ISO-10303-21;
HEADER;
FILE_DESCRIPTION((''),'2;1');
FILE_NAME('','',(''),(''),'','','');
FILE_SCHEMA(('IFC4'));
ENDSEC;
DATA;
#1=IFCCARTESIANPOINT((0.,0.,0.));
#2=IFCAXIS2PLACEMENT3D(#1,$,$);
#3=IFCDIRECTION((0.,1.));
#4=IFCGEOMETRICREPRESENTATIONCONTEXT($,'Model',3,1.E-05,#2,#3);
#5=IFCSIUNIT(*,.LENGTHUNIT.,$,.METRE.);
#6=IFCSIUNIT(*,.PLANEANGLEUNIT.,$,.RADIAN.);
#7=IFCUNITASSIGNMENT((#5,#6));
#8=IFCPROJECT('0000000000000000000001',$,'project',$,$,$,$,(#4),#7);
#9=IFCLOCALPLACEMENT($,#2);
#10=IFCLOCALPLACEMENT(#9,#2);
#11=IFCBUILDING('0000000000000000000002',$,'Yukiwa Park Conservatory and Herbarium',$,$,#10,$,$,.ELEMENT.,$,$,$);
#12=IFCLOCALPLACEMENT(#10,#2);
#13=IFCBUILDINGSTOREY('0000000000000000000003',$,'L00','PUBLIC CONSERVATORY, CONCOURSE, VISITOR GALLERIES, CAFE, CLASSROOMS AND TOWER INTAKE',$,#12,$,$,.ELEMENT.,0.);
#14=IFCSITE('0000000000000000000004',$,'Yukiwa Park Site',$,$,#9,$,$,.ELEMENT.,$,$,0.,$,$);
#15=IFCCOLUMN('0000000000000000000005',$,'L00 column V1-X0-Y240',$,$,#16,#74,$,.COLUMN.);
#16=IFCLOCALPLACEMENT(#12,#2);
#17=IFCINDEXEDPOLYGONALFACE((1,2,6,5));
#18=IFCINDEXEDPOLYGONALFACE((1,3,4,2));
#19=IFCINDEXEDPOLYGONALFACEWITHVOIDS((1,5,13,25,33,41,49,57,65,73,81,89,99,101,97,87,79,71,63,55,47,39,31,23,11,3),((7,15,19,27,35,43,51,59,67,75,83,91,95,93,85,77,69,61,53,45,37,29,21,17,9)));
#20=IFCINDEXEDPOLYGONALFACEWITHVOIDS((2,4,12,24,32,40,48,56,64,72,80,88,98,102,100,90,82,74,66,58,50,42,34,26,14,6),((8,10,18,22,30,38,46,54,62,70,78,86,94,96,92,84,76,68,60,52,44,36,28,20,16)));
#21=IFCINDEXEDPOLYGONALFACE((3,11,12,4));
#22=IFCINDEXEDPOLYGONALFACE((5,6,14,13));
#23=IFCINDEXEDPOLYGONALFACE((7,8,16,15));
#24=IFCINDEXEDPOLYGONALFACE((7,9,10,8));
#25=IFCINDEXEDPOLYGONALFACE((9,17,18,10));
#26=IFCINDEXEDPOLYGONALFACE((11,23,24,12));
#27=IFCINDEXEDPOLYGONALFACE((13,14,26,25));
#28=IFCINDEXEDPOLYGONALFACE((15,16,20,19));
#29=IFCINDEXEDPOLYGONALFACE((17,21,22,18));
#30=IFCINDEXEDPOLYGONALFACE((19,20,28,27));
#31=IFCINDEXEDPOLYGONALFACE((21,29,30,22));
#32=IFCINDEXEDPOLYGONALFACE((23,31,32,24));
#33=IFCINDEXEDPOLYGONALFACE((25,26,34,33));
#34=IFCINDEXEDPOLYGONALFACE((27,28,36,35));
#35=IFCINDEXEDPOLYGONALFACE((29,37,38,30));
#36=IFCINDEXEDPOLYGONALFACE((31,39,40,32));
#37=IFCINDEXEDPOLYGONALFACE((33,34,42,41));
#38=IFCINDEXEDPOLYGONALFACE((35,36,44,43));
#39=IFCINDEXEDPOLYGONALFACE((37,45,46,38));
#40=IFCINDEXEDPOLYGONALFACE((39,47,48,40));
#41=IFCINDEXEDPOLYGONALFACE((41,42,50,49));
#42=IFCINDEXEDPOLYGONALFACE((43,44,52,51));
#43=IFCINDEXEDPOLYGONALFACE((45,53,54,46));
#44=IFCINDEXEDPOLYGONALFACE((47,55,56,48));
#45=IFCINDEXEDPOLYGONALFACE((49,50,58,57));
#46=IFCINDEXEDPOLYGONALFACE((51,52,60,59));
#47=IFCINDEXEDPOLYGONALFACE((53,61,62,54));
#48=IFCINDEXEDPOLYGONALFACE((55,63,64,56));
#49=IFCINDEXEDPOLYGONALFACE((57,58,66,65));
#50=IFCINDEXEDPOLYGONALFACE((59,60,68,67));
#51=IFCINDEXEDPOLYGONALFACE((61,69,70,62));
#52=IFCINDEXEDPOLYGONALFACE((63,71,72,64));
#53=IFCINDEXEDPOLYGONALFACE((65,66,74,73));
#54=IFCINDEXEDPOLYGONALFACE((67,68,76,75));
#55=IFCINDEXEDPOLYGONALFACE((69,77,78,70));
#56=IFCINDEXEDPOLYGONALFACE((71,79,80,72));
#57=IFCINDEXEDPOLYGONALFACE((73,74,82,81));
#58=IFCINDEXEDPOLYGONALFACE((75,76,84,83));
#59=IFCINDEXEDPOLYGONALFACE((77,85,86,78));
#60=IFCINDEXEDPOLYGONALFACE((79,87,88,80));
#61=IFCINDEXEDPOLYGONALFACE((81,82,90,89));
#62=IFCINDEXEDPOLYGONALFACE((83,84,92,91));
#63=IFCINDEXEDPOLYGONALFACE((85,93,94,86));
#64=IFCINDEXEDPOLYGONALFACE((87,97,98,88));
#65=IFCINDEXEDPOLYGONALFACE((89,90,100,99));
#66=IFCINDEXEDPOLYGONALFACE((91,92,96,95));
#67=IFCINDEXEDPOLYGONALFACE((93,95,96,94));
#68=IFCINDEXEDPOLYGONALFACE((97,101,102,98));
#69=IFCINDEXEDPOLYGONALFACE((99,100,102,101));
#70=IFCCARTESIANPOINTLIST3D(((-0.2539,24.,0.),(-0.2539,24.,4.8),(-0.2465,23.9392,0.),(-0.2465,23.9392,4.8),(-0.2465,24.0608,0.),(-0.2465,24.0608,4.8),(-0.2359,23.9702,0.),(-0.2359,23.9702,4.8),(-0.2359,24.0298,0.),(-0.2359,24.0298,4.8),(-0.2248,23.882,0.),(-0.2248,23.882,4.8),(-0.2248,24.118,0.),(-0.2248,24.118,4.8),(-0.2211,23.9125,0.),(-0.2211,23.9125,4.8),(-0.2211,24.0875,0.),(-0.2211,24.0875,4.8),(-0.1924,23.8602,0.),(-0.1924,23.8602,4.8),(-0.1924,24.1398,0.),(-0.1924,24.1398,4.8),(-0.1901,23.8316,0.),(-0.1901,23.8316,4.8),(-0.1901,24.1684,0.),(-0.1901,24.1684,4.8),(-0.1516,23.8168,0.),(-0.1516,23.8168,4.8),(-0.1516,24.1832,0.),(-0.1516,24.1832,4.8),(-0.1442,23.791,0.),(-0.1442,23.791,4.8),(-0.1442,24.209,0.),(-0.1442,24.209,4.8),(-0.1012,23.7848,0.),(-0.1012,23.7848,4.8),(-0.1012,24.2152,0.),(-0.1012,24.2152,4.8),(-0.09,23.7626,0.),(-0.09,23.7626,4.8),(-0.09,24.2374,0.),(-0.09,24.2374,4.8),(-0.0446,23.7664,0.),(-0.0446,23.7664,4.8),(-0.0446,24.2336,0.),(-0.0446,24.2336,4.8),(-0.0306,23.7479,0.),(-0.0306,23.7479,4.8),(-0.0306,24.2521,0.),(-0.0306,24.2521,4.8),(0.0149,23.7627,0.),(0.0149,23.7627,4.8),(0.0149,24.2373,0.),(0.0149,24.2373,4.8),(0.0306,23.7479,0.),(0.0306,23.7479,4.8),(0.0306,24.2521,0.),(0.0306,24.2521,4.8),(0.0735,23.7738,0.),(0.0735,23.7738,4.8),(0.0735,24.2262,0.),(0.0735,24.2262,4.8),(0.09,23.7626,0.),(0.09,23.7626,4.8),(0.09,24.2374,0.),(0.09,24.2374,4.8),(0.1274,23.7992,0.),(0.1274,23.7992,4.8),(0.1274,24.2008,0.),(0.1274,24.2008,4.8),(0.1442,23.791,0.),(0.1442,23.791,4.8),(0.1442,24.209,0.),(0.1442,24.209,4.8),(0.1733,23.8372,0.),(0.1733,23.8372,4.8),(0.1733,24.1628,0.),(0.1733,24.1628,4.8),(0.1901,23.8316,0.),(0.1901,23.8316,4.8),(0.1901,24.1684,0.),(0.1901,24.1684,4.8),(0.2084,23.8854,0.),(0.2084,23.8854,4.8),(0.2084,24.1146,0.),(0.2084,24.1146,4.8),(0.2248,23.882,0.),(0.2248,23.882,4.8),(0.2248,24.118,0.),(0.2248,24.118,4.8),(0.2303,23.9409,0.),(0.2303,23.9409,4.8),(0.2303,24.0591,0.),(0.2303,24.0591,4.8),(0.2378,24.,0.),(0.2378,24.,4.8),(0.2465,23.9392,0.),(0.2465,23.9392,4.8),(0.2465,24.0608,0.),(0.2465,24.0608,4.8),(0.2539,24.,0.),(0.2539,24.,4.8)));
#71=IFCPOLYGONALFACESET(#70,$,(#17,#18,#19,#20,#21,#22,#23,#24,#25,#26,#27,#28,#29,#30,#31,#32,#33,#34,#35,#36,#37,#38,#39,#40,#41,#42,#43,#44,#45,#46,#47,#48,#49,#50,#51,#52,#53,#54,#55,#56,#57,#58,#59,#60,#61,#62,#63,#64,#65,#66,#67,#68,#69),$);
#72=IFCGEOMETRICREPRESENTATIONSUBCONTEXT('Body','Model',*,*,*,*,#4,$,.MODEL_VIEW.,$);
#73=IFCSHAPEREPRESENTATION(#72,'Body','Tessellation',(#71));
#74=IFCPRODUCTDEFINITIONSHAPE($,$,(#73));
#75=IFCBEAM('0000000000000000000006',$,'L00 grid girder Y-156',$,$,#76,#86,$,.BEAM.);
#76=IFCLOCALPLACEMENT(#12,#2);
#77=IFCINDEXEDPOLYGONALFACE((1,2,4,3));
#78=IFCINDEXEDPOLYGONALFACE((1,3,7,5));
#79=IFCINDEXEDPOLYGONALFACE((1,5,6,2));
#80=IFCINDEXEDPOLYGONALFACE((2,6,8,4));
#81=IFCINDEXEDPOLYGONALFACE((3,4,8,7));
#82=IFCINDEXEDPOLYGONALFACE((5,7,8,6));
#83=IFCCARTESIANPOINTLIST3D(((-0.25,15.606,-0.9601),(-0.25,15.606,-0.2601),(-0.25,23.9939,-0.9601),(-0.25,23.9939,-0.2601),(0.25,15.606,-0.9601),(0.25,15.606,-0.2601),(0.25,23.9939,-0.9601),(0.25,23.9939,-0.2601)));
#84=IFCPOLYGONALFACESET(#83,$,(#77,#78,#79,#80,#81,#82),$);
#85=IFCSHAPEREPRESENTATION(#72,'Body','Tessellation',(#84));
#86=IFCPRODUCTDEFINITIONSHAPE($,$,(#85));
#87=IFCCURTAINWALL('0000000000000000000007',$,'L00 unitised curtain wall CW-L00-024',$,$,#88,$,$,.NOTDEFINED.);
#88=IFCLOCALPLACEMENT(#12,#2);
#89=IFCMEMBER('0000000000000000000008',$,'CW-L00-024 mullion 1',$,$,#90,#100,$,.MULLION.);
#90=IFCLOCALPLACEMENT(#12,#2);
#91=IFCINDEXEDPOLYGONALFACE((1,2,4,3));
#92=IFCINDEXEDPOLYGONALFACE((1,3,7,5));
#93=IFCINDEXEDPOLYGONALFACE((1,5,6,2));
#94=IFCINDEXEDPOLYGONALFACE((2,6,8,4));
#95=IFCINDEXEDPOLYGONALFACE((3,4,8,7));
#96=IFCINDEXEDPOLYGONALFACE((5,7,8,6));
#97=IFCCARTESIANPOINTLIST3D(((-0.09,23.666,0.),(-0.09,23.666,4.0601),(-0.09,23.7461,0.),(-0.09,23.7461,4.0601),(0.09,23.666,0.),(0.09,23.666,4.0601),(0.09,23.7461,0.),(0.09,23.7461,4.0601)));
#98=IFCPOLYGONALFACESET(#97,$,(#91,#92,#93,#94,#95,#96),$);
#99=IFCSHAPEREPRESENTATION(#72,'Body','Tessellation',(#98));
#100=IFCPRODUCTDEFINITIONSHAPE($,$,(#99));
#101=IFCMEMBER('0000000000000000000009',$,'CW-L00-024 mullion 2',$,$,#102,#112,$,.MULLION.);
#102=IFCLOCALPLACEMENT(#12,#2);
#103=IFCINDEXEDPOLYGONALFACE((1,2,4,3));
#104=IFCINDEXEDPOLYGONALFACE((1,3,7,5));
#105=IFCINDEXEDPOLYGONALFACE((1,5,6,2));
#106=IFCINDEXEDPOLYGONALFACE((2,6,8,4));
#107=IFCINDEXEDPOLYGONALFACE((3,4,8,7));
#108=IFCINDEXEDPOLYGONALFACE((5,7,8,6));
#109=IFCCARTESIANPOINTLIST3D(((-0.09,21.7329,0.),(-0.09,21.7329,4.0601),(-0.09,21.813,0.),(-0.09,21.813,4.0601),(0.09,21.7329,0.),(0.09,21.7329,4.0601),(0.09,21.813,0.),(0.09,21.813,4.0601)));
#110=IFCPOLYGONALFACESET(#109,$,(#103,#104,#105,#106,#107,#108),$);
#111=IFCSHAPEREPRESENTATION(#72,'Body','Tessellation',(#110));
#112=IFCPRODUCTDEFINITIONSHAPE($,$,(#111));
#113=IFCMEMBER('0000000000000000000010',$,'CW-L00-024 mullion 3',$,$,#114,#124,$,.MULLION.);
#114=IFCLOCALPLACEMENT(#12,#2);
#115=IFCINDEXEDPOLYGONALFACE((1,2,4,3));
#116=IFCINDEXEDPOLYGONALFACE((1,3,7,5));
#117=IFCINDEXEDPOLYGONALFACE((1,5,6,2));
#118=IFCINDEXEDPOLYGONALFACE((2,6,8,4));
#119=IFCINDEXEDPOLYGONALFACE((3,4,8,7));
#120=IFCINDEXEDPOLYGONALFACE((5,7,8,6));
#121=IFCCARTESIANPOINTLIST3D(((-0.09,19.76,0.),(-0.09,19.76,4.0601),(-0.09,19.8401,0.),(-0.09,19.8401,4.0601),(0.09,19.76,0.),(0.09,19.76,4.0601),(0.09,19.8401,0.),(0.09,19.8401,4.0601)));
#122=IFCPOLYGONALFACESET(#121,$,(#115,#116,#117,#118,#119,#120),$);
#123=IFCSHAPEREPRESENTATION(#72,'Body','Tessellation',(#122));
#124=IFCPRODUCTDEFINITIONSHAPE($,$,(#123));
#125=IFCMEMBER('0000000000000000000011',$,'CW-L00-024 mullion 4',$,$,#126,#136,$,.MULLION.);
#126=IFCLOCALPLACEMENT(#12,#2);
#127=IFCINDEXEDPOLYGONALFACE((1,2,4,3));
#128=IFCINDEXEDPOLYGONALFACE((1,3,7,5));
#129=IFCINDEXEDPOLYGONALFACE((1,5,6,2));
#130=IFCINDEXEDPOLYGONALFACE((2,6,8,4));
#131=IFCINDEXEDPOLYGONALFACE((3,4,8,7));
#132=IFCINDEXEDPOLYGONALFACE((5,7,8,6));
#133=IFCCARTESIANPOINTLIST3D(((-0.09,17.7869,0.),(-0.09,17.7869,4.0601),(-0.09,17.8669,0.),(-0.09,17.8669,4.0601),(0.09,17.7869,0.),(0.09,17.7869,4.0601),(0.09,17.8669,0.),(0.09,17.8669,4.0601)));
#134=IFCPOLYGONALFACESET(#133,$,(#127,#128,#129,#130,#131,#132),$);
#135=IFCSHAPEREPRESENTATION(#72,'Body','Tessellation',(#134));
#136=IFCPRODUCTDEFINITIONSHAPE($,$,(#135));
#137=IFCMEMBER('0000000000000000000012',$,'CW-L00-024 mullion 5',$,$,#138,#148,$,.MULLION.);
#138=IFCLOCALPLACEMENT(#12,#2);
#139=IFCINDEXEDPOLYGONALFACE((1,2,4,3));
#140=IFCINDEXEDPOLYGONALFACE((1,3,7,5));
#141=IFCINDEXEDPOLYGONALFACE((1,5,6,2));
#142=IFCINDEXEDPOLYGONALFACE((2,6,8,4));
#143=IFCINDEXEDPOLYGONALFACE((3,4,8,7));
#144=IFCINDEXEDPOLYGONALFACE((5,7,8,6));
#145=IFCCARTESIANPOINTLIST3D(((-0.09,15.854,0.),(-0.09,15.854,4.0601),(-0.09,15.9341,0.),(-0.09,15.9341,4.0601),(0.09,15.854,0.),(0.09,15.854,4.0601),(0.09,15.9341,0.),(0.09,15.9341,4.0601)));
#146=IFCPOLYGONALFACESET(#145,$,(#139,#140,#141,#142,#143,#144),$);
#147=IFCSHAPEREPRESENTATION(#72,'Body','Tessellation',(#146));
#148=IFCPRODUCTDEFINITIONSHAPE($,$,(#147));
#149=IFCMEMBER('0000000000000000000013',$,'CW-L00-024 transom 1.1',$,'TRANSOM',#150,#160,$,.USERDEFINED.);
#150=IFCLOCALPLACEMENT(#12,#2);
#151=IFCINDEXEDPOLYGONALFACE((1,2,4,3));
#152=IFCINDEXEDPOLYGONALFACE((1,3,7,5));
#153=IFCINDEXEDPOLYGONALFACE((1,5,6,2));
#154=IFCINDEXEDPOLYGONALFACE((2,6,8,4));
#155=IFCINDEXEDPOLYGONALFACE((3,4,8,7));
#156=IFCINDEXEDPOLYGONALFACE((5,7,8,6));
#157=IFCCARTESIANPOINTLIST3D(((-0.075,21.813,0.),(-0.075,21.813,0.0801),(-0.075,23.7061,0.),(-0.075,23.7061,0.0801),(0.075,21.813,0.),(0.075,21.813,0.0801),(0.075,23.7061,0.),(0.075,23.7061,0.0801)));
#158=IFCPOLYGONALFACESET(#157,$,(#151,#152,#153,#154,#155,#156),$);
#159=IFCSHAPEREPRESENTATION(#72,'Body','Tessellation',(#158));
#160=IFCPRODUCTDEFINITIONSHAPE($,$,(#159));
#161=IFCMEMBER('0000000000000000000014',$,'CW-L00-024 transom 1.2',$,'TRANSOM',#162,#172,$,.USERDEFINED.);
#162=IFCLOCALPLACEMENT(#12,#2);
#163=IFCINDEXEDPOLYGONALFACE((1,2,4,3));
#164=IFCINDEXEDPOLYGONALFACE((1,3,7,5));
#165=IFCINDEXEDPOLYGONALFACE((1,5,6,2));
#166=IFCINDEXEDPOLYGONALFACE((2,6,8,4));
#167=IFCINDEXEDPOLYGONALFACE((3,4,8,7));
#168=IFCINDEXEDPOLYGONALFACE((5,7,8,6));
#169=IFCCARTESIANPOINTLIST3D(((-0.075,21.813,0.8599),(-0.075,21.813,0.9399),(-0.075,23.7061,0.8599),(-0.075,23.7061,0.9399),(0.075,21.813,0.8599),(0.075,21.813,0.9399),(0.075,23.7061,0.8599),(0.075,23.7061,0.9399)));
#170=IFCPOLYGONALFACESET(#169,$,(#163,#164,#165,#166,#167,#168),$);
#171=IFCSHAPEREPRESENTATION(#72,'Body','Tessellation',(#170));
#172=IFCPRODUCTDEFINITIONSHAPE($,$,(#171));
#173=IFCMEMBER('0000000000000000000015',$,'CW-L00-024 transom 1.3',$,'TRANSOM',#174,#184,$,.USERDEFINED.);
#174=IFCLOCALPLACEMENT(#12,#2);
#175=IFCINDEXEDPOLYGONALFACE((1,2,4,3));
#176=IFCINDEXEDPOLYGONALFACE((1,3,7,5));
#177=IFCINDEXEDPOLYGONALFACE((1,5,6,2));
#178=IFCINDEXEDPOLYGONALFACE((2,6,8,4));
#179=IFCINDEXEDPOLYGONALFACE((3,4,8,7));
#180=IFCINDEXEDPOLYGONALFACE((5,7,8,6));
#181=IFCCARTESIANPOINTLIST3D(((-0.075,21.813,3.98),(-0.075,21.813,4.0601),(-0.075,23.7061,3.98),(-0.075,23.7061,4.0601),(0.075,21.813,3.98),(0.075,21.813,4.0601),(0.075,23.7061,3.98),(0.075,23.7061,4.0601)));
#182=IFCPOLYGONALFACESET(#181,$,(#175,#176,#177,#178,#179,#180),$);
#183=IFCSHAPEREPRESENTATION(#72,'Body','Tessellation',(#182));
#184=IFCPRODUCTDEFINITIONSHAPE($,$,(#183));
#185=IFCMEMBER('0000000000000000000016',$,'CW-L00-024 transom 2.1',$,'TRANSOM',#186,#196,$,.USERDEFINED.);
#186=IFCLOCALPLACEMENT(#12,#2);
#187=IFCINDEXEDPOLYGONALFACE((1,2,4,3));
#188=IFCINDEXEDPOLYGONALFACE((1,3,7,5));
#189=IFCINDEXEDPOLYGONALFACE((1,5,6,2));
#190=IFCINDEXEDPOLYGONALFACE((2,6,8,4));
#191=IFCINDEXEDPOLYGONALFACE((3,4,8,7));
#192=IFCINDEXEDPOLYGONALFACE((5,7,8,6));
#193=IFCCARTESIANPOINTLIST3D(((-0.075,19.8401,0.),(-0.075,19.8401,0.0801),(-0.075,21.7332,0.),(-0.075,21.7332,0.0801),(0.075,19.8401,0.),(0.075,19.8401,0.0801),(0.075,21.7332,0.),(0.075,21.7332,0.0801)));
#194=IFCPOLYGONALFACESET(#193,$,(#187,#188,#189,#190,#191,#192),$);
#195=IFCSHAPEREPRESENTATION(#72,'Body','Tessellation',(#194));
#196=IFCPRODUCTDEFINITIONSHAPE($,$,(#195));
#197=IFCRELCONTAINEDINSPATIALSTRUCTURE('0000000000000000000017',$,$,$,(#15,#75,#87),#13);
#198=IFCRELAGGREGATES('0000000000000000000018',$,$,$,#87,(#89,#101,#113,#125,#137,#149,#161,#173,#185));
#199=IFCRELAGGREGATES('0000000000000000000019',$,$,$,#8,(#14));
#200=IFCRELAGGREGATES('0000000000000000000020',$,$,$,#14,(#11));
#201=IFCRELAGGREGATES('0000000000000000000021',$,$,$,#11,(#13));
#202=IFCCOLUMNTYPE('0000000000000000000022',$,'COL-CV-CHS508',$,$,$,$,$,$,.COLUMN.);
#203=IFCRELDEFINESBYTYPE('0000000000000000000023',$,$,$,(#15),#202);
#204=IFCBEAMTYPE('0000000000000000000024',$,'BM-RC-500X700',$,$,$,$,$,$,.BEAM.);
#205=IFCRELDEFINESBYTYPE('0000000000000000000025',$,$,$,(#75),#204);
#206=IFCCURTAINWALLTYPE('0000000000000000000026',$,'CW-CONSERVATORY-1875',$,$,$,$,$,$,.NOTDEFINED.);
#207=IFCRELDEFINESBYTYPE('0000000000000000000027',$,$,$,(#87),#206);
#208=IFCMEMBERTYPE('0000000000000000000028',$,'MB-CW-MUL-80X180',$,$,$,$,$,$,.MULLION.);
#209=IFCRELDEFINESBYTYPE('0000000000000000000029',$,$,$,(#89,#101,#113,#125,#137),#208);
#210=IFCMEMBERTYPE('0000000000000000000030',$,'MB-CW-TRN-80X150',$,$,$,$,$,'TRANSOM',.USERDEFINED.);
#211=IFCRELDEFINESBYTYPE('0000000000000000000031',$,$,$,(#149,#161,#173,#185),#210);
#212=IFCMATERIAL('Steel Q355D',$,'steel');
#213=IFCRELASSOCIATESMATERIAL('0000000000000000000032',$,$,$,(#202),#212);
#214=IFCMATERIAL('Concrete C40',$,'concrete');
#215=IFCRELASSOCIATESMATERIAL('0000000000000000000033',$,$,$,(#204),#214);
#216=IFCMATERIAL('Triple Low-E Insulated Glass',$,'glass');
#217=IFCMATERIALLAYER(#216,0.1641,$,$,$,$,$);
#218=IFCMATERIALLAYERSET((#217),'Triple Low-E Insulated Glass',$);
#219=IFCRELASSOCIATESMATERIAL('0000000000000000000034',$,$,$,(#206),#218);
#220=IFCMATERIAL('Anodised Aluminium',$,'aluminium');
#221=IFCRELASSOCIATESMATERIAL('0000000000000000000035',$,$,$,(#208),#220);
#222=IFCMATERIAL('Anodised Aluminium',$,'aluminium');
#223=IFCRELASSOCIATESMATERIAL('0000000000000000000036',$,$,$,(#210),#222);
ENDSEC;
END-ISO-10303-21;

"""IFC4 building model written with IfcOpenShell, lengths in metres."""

from ifc_helpers import new_model, si_unit, direction, frame, origin, origin_2d, place, context, subcontext, project, spatial, rectangle, hollow_circle, extrude, material, layer, layer_set, material_profile, profile_set, type_object, element, aggregate, save


model = new_model("IFC4")

# Units and contexts
model_context = context("Model", 3, precision=1e-05, world=origin(), true_north=direction((0.0, 1.0)))
body_context = subcontext(model_context, "Body", "Model", "MODEL_VIEW")
ifc_project = project(units=[si_unit("LENGTHUNIT", "METRE"), si_unit("PLANEANGLEUNIT", "RADIAN")], contexts=[model_context])

# Site, building, storey
site_placement = place(None, origin())
site = spatial("IfcSite", under=ifc_project, at=site_placement, Name="Yukiwa Park Site", CompositionType="ELEMENT", RefElevation=0.0)
building_placement = place(site_placement, origin())
building = spatial("IfcBuilding", under=site, at=building_placement, Name="Yukiwa Park Conservatory and Herbarium", CompositionType="ELEMENT")
storey_placement = place(building_placement, origin())
storey = spatial("IfcBuildingStorey", under=building, at=storey_placement, Name="L00", Description="PUBLIC CONSERVATORY, CONCOURSE, VISITOR GALLERIES, CAFE, CLASSROOMS AND TOWER INTAKE", CompositionType="ELEMENT", Elevation=0.0)

# Column
ifc_material_1 = material(Name="Steel Q355D", Category="steel")
ifc_material_profile_1 = material_profile(ifc_material_1, hollow_circle(Radius=0.2539, WallThickness=0.0161, at=origin_2d()), Name="CHS 508x16")
ifc_profile_set_1 = profile_set([ifc_material_profile_1], Name="Steel Q355D")
column_type = type_object("IfcColumnType", Name="COL-CV-CHS508", PredefinedType="COLUMN", material=ifc_profile_set_1)
column_placement = place(storey_placement, frame((0.0, 24.0, 0.0), z_axis=(0.0, 0.0, 1.0), x_axis=(1.0, 0.0, 0.0)))
element("IfcColumn", 1, at=column_placement, inside=storey, type_object=column_type, Name="L00 column V1-X0-Y240", PredefinedType="COLUMN", context=body_context, shape_type="SweptSolid", body=[
    extrude(hollow_circle(Radius=0.2539, WallThickness=0.0161, at=origin_2d()), origin(), (0.0, 0.0, 1.0), 4.8),
])

# Beam
ifc_material_2 = material(Name="Concrete C40", Category="concrete")
ifc_material_profile_2 = material_profile(ifc_material_2, rectangle(XDim=0.5, YDim=0.7, at=origin_2d()), Name="RC 500x700")
ifc_profile_set_2 = profile_set([ifc_material_profile_2], Name="Concrete C40")
beam_type = type_object("IfcBeamType", Name="BM-RC-500X700", PredefinedType="BEAM", material=ifc_profile_set_2)
beam_placement = place(storey_placement, frame((0.0, 15.606, -0.6101), z_axis=(0.0, 1.0, 0.0), x_axis=(-1.0, 0.0, 0.0)))
element("IfcBeam", 2, at=beam_placement, inside=storey, type_object=beam_type, Name="L00 grid girder Y-156", PredefinedType="BEAM", context=body_context, shape_type="SweptSolid", body=[
    extrude(rectangle(XDim=0.5, YDim=0.7, at=origin_2d()), origin(), (0.0, 0.0, 1.0), 8.3879),
])

# Curtain wall, members
ifc_material_3 = material(Name="Triple Low-E Insulated Glass", Category="glass")
ifc_layer_1 = layer(ifc_material_3, 0.1641)
ifc_layer_set_1 = layer_set([ifc_layer_1], Name="Triple Low-E Insulated Glass")
curtain_wall_type = type_object("IfcCurtainWallType", Name="CW-CONSERVATORY-1875", PredefinedType="NOTDEFINED", material=ifc_layer_set_1)
curtain_wall_placement = place(storey_placement, origin())
curtain_wall = element("IfcCurtainWall", 3, at=curtain_wall_placement, inside=storey, type_object=curtain_wall_type, Name="L00 unitised curtain wall CW-L00-024", PredefinedType="NOTDEFINED")
ifc_material_4 = material(Name="Anodised Aluminium", Category="aluminium")
member_type_1 = type_object("IfcMemberType", Name="MB-CW-MUL-80X180", PredefinedType="MULLION", material=ifc_material_4)
member_1_placement = place(storey_placement, frame((0.0, 23.7061, 0.0), z_axis=(0.0, 0.0, 1.0), x_axis=(0.0, -1.0, 0.0)))
member_1 = element("IfcMember", 4, at=member_1_placement, type_object=member_type_1, Name="CW-L00-024 mullion 1", PredefinedType="MULLION", context=body_context, shape_type="SweptSolid", body=[
    extrude(rectangle(XDim=0.0801, YDim=0.1799, at=origin_2d()), origin(), (0.0, 0.0, 1.0), 4.0601),
])
member_2_placement = place(storey_placement, frame((0.0, 21.7729, 0.0), z_axis=(0.0, 0.0, 1.0), x_axis=(0.0, -1.0, 0.0)))
member_2 = element("IfcMember", 5, at=member_2_placement, type_object=member_type_1, Name="CW-L00-024 mullion 2", PredefinedType="MULLION", context=body_context, shape_type="SweptSolid", body=[
    extrude(rectangle(XDim=0.0801, YDim=0.1799, at=origin_2d()), origin(), (0.0, 0.0, 1.0), 4.0601),
])
member_3_placement = place(storey_placement, frame((0.0, 19.8, 0.0), z_axis=(0.0, 0.0, 1.0), x_axis=(0.0, -1.0, 0.0)))
member_3 = element("IfcMember", 6, at=member_3_placement, type_object=member_type_1, Name="CW-L00-024 mullion 3", PredefinedType="MULLION", context=body_context, shape_type="SweptSolid", body=[
    extrude(rectangle(XDim=0.0801, YDim=0.1799, at=origin_2d()), origin(), (0.0, 0.0, 1.0), 4.0601),
])
member_4_placement = place(storey_placement, frame((0.0, 17.8269, 0.0), z_axis=(0.0, 0.0, 1.0), x_axis=(0.0, -1.0, 0.0)))
member_4 = element("IfcMember", 7, at=member_4_placement, type_object=member_type_1, Name="CW-L00-024 mullion 4", PredefinedType="MULLION", context=body_context, shape_type="SweptSolid", body=[
    extrude(rectangle(XDim=0.0801, YDim=0.1799, at=origin_2d()), origin(), (0.0, 0.0, 1.0), 4.0601),
])
member_5_placement = place(storey_placement, frame((0.0, 15.894, 0.0), z_axis=(0.0, 0.0, 1.0), x_axis=(0.0, -1.0, 0.0)))
member_5 = element("IfcMember", 8, at=member_5_placement, type_object=member_type_1, Name="CW-L00-024 mullion 5", PredefinedType="MULLION", context=body_context, shape_type="SweptSolid", body=[
    extrude(rectangle(XDim=0.0801, YDim=0.1799, at=origin_2d()), origin(), (0.0, 0.0, 1.0), 4.0601),
])
ifc_material_5 = material(Name="Anodised Aluminium", Category="aluminium")
member_type_2 = type_object("IfcMemberType", Name="MB-CW-TRN-80X150", ElementType="TRANSOM", PredefinedType="USERDEFINED", material=ifc_material_5)
member_6_placement = place(storey_placement, frame((0.0, 22.7595, 0.0), z_axis=(0.0, 0.0, 1.0), x_axis=(0.0, -1.0, 0.0)))
member_6 = element("IfcMember", 9, at=member_6_placement, type_object=member_type_2, Name="CW-L00-024 transom 1.1", ObjectType="TRANSOM", PredefinedType="USERDEFINED", context=body_context, shape_type="SweptSolid", body=[
    extrude(rectangle(XDim=1.8931, YDim=0.1499, at=origin_2d()), origin(), (0.0, 0.0, 1.0), 0.0801),
])
member_7_placement = place(storey_placement, frame((0.0, 22.7595, 0.8599), z_axis=(0.0, 0.0, 1.0), x_axis=(0.0, -1.0, 0.0)))
member_7 = element("IfcMember", 10, at=member_7_placement, type_object=member_type_2, Name="CW-L00-024 transom 1.2", ObjectType="TRANSOM", PredefinedType="USERDEFINED", context=body_context, shape_type="SweptSolid", body=[
    extrude(rectangle(XDim=1.8931, YDim=0.1499, at=origin_2d()), origin(), (0.0, 0.0, 1.0), 0.0801),
])
member_8_placement = place(storey_placement, frame((0.0, 22.7595, 3.98), z_axis=(0.0, 0.0, 1.0), x_axis=(0.0, -1.0, 0.0)))
member_8 = element("IfcMember", 11, at=member_8_placement, type_object=member_type_2, Name="CW-L00-024 transom 1.3", ObjectType="TRANSOM", PredefinedType="USERDEFINED", context=body_context, shape_type="SweptSolid", body=[
    extrude(rectangle(XDim=1.8931, YDim=0.1499, at=origin_2d()), origin(), (0.0, 0.0, 1.0), 0.0801),
])
member_9_placement = place(storey_placement, frame((0.0, 20.7866, 0.0), z_axis=(0.0, 0.0, 1.0), x_axis=(0.0, -1.0, 0.0)))
member_9 = element("IfcMember", 12, at=member_9_placement, type_object=member_type_2, Name="CW-L00-024 transom 2.1", ObjectType="TRANSOM", PredefinedType="USERDEFINED", context=body_context, shape_type="SweptSolid", body=[
    extrude(rectangle(XDim=1.8931, YDim=0.1499, at=origin_2d()), origin(), (0.0, 0.0, 1.0), 0.0801),
])
aggregate(curtain_wall, [member_1, member_2, member_3, member_4, member_5, member_6, member_7, member_8, member_9])

save(model, "model.ifc")
